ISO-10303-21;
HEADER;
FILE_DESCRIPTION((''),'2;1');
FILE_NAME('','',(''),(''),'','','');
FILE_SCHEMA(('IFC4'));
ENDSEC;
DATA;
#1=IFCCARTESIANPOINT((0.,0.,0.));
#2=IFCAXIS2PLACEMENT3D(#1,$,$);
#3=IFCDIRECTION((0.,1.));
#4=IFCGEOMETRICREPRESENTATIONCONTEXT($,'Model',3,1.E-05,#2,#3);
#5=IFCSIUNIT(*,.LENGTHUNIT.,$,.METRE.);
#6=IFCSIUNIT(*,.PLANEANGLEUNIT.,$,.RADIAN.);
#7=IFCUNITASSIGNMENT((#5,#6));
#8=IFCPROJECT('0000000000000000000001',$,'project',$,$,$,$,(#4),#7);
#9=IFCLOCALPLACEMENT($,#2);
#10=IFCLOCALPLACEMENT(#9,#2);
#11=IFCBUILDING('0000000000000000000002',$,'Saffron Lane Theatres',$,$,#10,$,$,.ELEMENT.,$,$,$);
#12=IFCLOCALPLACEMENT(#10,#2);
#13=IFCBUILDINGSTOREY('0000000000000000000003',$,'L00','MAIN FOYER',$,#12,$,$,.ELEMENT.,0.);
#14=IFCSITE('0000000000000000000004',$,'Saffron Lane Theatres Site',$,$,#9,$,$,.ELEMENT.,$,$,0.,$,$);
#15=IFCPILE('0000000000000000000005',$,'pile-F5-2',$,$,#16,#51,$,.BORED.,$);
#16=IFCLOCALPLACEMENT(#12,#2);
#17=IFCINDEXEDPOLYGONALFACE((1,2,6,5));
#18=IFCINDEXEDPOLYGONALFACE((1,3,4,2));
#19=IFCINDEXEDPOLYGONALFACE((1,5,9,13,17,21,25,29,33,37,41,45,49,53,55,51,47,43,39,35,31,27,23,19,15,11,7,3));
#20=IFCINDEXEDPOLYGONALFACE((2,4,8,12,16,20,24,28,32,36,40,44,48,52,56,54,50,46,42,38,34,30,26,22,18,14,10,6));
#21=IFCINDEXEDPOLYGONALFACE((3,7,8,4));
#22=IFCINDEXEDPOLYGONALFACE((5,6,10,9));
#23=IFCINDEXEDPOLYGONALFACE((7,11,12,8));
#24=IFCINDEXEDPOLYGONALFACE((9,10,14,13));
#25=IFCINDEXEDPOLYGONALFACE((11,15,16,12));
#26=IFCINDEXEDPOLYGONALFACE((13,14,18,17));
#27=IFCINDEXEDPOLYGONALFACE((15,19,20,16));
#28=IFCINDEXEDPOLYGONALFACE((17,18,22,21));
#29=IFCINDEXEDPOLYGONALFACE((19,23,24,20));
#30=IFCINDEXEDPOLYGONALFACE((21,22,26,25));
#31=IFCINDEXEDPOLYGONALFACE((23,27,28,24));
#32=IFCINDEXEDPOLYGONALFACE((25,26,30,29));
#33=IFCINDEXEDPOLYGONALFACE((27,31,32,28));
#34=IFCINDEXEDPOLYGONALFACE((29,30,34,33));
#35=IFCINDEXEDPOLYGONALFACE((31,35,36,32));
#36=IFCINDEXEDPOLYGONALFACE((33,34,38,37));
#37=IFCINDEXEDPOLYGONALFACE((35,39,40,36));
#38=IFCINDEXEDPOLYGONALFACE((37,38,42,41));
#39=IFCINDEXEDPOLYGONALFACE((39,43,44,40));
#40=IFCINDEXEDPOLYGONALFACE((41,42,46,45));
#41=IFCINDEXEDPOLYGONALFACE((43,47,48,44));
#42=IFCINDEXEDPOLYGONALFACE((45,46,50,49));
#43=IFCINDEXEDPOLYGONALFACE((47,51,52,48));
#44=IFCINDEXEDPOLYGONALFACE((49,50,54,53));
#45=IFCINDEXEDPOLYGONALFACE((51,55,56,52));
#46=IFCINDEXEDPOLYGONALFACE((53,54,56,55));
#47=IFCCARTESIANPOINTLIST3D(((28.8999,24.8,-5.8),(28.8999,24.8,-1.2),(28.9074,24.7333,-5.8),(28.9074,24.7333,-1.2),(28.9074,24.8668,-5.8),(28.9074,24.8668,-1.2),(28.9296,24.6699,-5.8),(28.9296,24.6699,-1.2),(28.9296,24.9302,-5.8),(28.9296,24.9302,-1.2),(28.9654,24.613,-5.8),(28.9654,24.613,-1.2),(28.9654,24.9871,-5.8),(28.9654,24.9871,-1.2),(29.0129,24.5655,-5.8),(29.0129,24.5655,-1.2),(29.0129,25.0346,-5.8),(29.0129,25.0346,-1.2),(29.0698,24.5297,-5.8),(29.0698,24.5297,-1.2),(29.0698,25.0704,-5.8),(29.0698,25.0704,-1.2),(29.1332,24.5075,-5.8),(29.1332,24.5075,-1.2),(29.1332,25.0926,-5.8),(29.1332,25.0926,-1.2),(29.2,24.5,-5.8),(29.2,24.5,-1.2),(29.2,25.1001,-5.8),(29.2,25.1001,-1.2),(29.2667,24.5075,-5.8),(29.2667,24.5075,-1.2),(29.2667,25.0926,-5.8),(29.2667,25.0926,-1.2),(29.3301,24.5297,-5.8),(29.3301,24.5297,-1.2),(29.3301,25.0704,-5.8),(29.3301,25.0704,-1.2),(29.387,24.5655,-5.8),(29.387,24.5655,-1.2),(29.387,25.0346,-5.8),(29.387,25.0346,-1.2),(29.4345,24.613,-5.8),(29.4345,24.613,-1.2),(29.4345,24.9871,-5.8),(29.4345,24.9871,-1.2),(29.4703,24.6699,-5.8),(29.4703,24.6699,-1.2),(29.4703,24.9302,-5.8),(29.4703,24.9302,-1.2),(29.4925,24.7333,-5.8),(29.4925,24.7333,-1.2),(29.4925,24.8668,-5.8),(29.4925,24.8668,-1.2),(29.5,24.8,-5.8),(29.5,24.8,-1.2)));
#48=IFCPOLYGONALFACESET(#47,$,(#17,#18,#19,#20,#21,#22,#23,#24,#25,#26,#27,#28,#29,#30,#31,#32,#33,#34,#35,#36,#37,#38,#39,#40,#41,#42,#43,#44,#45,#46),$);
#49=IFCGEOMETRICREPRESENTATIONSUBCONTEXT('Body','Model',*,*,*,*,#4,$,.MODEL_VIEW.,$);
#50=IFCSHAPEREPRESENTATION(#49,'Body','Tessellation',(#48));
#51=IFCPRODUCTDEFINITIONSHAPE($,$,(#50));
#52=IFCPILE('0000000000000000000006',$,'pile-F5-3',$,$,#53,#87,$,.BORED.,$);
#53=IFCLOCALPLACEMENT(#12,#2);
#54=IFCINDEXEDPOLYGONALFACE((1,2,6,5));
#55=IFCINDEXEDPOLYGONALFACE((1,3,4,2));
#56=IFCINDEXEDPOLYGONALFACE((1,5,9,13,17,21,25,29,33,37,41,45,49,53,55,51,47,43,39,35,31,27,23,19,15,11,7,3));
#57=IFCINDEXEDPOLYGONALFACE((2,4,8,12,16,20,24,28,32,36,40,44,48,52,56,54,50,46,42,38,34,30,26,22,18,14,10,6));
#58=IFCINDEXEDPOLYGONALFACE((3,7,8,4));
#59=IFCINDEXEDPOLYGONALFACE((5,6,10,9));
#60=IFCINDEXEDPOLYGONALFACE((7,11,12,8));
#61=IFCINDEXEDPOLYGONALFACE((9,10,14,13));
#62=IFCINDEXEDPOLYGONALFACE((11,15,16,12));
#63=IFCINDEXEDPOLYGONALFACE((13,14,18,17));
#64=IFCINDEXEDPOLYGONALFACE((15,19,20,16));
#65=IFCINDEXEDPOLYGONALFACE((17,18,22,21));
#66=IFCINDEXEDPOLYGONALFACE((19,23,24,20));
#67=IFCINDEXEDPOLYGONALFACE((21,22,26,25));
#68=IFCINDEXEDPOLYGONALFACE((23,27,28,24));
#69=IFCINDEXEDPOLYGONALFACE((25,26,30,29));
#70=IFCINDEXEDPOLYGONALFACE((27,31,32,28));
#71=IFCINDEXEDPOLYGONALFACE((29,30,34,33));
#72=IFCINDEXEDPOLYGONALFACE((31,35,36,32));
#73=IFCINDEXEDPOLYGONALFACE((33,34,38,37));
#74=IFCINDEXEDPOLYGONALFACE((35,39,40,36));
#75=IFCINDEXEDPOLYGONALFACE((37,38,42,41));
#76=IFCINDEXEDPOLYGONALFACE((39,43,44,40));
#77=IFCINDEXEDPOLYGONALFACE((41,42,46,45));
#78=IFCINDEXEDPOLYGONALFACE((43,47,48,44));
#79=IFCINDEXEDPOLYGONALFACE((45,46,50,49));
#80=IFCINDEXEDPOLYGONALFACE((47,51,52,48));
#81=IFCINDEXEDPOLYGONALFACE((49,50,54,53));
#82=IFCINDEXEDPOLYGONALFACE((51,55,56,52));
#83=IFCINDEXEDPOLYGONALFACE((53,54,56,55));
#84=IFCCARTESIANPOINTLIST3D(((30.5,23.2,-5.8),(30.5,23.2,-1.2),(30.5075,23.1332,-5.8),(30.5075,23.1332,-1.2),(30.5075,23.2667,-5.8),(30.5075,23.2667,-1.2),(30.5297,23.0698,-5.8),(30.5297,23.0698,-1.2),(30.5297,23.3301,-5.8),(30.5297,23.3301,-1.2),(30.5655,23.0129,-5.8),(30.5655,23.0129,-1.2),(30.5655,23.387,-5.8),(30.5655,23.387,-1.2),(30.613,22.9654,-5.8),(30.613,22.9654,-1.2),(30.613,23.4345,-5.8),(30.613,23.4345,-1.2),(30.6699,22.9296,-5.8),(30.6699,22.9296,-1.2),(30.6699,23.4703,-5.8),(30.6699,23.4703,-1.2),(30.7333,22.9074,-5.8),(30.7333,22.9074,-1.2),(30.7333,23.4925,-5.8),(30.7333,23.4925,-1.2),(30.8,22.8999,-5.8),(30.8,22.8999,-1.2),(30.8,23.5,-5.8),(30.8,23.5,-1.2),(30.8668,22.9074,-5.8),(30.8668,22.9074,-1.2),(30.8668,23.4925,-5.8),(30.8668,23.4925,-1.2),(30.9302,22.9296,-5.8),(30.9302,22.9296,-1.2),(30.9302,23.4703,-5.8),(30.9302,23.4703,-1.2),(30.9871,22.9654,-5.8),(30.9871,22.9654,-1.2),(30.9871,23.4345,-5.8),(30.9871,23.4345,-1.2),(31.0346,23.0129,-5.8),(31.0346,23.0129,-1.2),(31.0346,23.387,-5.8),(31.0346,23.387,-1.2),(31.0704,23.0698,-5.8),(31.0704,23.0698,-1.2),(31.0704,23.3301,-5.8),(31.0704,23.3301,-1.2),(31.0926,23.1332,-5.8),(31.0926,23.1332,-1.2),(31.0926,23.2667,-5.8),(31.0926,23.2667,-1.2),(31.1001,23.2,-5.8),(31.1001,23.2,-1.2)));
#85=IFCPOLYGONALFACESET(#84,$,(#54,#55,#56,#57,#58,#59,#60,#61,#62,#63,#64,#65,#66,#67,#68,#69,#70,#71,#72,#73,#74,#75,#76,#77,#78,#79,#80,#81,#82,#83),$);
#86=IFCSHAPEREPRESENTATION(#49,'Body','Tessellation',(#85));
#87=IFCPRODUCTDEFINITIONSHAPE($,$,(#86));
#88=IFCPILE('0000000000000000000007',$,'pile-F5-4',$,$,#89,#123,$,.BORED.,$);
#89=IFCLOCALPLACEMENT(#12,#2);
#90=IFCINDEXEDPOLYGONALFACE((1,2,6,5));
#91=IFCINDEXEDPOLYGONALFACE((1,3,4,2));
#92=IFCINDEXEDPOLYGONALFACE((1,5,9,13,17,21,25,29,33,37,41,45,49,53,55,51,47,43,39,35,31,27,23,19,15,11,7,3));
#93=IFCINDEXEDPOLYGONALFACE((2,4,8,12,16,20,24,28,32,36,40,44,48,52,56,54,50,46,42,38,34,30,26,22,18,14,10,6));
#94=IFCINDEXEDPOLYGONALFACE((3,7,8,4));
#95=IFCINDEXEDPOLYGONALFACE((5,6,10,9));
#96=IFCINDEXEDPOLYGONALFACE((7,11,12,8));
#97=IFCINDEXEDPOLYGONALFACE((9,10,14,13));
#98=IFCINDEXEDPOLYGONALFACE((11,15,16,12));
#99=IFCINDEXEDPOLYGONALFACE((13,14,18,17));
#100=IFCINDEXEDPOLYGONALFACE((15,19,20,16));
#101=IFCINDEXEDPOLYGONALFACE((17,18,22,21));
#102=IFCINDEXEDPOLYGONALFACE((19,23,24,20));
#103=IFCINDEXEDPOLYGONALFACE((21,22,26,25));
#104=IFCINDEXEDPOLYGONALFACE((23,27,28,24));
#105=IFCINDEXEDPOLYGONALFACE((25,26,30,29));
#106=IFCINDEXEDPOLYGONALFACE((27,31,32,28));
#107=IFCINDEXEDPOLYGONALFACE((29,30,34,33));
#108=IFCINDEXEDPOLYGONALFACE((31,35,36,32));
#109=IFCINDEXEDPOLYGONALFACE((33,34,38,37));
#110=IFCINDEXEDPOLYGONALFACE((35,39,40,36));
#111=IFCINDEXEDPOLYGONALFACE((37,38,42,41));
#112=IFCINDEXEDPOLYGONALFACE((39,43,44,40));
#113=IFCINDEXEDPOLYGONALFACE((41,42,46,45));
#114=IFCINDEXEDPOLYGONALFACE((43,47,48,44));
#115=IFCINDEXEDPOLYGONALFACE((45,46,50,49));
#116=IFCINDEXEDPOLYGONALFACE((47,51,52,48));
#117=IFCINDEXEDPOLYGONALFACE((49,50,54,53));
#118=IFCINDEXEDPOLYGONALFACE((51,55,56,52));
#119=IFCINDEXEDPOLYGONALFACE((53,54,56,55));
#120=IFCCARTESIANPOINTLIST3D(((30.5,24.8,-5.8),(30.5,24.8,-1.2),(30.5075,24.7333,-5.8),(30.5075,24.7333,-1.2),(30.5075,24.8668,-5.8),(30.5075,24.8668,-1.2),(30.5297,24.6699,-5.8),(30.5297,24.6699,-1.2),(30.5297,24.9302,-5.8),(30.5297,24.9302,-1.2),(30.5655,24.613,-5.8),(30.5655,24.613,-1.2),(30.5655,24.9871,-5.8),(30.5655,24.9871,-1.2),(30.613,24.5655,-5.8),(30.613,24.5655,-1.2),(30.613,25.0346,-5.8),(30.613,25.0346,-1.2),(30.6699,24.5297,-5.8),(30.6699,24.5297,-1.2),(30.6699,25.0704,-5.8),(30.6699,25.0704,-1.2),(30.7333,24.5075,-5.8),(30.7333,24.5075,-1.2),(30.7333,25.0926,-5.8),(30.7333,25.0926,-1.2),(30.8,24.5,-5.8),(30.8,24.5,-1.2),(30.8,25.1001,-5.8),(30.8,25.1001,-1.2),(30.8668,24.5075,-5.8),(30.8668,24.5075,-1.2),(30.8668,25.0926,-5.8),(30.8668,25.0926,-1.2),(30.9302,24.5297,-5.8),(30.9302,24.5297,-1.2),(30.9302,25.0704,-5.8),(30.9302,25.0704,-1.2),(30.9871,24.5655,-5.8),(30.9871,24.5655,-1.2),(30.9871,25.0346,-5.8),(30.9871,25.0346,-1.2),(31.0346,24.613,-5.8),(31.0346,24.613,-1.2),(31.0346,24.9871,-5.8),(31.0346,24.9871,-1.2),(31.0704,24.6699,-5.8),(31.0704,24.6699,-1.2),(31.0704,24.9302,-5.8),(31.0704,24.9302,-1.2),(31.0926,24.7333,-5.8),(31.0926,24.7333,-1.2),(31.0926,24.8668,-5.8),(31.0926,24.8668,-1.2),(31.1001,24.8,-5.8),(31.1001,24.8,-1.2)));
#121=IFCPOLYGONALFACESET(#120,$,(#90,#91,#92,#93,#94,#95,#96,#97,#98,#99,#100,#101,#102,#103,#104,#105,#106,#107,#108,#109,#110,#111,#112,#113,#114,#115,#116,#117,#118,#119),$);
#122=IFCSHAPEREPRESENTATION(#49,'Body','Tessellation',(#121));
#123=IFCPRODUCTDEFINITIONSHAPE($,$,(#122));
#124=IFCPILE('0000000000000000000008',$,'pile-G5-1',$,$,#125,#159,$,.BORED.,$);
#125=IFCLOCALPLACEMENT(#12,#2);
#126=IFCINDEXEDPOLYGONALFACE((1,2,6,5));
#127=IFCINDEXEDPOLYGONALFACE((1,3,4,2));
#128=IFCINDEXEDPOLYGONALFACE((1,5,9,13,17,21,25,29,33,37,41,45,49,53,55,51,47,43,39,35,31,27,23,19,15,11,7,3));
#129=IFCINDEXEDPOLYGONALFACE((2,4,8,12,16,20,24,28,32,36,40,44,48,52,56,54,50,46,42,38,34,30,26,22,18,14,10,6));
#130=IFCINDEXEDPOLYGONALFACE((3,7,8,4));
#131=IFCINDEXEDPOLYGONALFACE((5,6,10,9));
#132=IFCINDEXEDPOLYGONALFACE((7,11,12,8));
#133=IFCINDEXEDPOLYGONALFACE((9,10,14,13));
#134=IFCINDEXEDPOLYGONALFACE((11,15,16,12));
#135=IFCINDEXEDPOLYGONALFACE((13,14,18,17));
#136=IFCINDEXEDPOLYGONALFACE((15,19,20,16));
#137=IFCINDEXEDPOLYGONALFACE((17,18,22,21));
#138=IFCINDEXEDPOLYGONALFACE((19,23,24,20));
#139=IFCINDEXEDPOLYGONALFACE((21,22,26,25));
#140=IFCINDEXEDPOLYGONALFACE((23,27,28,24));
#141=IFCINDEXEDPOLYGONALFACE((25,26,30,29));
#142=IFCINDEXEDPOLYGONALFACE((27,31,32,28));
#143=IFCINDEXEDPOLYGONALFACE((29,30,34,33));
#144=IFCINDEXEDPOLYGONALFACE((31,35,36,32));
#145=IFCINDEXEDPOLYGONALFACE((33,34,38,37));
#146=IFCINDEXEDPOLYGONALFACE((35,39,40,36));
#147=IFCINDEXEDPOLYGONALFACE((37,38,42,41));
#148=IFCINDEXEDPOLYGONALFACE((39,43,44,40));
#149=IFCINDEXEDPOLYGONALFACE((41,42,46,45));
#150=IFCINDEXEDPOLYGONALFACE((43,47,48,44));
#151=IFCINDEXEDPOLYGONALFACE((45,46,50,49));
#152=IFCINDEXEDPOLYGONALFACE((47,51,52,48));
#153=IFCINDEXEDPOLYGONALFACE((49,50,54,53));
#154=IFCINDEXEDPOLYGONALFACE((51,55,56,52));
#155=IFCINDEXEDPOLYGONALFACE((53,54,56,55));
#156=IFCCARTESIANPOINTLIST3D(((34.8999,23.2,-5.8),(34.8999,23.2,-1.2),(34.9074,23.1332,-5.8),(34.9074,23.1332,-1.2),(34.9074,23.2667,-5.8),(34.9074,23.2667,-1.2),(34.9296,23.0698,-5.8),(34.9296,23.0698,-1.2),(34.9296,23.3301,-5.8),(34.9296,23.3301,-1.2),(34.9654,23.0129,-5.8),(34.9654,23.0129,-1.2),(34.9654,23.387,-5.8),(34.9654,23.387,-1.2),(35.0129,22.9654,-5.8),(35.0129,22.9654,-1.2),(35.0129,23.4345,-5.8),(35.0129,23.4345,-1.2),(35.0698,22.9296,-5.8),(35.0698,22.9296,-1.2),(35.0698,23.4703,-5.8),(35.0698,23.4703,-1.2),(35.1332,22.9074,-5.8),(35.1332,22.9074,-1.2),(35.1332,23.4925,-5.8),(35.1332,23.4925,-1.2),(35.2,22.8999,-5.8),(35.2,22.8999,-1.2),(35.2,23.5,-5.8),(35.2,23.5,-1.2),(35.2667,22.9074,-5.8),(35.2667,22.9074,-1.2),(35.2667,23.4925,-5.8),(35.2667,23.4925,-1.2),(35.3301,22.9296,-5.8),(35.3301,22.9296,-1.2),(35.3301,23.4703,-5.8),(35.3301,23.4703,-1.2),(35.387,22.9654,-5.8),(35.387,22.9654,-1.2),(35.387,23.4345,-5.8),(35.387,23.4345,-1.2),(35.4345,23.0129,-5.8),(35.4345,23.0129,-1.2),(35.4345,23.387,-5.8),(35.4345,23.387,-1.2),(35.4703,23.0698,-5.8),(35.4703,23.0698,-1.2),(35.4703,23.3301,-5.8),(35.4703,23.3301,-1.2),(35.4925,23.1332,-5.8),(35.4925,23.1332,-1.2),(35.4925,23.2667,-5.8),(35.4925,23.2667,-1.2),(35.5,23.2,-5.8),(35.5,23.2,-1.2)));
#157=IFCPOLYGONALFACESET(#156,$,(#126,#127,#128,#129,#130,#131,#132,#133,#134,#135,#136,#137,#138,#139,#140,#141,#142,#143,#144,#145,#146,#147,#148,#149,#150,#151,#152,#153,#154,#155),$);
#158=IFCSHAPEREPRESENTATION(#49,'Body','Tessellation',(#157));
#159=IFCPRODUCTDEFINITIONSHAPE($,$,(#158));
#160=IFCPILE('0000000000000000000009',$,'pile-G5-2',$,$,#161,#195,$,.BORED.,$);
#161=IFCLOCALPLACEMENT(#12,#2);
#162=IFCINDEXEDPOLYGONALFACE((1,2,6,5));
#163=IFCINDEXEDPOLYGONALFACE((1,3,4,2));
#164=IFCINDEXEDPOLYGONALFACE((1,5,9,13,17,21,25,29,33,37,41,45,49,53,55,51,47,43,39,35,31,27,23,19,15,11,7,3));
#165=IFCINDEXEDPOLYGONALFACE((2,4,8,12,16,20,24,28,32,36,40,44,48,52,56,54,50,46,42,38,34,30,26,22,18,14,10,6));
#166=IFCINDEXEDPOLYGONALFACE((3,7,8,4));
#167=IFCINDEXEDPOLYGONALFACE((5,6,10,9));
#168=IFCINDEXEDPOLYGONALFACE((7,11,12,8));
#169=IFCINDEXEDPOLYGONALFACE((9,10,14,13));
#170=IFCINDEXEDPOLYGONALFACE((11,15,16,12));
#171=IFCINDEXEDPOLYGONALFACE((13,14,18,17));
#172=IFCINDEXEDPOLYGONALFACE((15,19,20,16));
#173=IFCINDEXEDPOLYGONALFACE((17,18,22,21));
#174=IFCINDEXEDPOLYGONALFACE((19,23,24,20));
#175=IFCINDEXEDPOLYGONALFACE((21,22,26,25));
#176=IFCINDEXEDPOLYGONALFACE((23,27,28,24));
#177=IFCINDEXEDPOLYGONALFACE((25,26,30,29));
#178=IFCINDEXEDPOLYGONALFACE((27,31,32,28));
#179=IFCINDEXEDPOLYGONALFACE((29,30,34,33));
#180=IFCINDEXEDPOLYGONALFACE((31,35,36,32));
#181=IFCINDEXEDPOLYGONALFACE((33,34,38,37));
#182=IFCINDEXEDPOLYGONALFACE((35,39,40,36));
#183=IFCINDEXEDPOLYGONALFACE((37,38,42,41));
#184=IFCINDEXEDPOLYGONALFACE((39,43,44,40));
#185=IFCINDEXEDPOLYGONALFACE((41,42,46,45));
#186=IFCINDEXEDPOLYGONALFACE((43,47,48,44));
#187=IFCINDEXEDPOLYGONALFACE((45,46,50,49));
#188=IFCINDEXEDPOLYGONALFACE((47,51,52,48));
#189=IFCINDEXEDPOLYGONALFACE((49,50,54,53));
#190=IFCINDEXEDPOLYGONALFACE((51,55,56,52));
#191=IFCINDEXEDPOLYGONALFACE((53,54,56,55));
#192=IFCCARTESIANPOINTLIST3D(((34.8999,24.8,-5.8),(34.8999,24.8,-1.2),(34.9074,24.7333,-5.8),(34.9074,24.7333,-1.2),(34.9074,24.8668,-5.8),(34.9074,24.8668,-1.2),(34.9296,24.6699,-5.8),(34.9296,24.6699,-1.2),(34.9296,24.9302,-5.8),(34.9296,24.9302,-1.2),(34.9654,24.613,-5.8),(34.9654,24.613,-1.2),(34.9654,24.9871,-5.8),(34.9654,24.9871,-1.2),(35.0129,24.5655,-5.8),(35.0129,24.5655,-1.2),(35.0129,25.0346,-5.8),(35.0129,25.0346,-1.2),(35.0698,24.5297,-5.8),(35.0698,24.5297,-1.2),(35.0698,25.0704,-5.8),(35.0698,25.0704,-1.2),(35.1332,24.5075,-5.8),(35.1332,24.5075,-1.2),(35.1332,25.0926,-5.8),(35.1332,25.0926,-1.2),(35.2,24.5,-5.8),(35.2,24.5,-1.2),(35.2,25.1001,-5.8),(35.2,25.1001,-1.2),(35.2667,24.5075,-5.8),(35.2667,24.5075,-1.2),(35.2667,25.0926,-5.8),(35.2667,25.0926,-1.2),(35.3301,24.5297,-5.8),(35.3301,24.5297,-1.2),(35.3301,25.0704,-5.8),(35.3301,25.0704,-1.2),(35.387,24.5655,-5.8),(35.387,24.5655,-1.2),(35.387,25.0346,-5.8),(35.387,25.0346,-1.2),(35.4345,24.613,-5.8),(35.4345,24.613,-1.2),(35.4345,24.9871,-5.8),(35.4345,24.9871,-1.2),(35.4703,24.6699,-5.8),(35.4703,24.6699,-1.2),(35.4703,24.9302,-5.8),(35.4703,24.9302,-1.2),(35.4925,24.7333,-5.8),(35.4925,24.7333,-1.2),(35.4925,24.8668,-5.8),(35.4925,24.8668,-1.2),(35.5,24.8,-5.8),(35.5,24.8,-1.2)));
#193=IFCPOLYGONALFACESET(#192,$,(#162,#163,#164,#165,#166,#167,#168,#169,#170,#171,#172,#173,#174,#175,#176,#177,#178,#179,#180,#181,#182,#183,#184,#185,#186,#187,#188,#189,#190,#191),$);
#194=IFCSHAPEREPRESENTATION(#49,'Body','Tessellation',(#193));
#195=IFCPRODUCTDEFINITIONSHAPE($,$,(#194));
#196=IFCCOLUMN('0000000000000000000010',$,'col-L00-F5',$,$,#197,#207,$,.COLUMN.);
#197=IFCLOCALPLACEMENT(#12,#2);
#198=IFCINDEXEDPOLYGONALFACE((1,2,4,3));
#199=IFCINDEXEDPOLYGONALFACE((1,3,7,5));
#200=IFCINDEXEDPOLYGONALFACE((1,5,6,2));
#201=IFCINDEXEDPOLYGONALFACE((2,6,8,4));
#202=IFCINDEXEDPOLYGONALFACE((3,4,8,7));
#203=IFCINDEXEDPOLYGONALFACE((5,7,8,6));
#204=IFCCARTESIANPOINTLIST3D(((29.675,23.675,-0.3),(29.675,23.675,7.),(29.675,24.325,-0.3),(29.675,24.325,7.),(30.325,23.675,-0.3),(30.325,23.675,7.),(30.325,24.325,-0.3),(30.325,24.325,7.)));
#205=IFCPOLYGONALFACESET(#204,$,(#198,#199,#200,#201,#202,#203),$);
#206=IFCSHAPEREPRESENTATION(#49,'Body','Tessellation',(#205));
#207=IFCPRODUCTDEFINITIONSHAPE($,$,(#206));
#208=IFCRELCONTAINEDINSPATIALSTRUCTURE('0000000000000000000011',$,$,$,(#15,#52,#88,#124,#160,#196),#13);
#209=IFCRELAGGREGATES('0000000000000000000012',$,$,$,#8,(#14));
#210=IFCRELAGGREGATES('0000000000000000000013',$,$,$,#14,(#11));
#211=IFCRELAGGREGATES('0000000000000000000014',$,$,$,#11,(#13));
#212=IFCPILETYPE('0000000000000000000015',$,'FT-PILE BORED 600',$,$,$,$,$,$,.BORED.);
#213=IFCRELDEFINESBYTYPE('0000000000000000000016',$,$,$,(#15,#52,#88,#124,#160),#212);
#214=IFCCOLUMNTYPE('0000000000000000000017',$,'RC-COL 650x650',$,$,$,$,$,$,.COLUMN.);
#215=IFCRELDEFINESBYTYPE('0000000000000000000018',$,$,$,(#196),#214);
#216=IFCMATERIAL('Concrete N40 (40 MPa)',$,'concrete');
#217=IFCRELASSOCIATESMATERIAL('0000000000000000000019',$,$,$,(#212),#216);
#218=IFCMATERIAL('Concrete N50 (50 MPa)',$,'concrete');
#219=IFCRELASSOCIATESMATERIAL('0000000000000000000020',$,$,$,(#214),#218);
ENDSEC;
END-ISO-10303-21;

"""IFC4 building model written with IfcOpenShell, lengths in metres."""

from ifc_helpers import new_model, si_unit, direction, frame, origin, origin_2d, place, context, subcontext, project, spatial, rectangle, circle, extrude, material, material_profile, profile_set, type_object, element, save


model = new_model("IFC4")

# Units and contexts
model_context = context("Model", 3, precision=1e-05, world=origin(), true_north=direction((0.0, 1.0)))
body_context = subcontext(model_context, "Body", "Model", "MODEL_VIEW")
ifc_project = project(units=[si_unit("LENGTHUNIT", "METRE"), si_unit("PLANEANGLEUNIT", "RADIAN")], contexts=[model_context])

# Site, building, storey
site_placement = place(None, origin())
site = spatial("IfcSite", under=ifc_project, at=site_placement, Name="Saffron Lane Theatres Site", CompositionType="ELEMENT", RefElevation=0.0)
building_placement = place(site_placement, origin())
building = spatial("IfcBuilding", under=site, at=building_placement, Name="Saffron Lane Theatres", CompositionType="ELEMENT")
storey_placement = place(building_placement, origin())
storey = spatial("IfcBuildingStorey", under=building, at=storey_placement, Name="L00", Description="MAIN FOYER", CompositionType="ELEMENT", Elevation=0.0)

# Piles
ifc_material_1 = material(Name="Concrete N40 (40 MPa)", Category="concrete")
ifc_material_profile_1 = material_profile(ifc_material_1, circle(Radius=0.3, at=origin_2d()))
ifc_profile_set_1 = profile_set([ifc_material_profile_1], Name="Concrete N40 (40 MPa)")
pile_type = type_object("IfcPileType", Name="FT-PILE BORED 600", PredefinedType="BORED", material=ifc_profile_set_1)
for number, where, z_axis, x_axis, name in (
    (1, (29.2, 24.8, -1.2), (0.0, 0.0, -1.0), (1.0, 0.0, 0.0), "pile-F5-2"),
    (2, (30.8, 23.2, -1.2), (0.0, 0.0, -1.0), (1.0, 0.0, 0.0), "pile-F5-3"),
    (3, (30.8, 24.8, -1.2), (0.0, 0.0, -1.0), (1.0, 0.0, 0.0), "pile-F5-4"),
    (4, (35.2, 23.2, -1.2), (0.0, 0.0, -1.0), (1.0, 0.0, 0.0), "pile-G5-1"),
    (5, (35.2, 24.8, -1.2), (0.0, 0.0, -1.0), (1.0, 0.0, 0.0), "pile-G5-2"),
):
    element("IfcPile", number, at=place(storey_placement, frame(where, z_axis=z_axis, x_axis=x_axis)), inside=storey, type_object=pile_type, Name=name, PredefinedType="BORED", context=body_context, shape_type="SweptSolid", body=[
        extrude(circle(Radius=0.3, at=origin_2d()), origin(), (0.0, 0.0, 1.0), 4.6001),
    ])

# Column
ifc_material_2 = material(Name="Concrete N50 (50 MPa)", Category="concrete")
ifc_material_profile_2 = material_profile(ifc_material_2, rectangle(XDim=0.6499, YDim=0.6499, at=origin_2d()))
ifc_profile_set_2 = profile_set([ifc_material_profile_2], Name="Concrete N50 (50 MPa)")
column_type = type_object("IfcColumnType", Name="RC-COL 650x650", PredefinedType="COLUMN", material=ifc_profile_set_2)
column_placement = place(storey_placement, frame((30.0, 24.0, -0.3), z_axis=(0.0, 0.0, 1.0), x_axis=(1.0, 0.0, 0.0)))
element("IfcColumn", 6, at=column_placement, inside=storey, type_object=column_type, Name="col-L00-F5", PredefinedType="COLUMN", context=body_context, shape_type="SweptSolid", body=[
    extrude(rectangle(XDim=0.6499, YDim=0.6499, at=origin_2d()), origin(), (0.0, 0.0, 1.0), 7.3),
])

save(model, "model.ifc")
